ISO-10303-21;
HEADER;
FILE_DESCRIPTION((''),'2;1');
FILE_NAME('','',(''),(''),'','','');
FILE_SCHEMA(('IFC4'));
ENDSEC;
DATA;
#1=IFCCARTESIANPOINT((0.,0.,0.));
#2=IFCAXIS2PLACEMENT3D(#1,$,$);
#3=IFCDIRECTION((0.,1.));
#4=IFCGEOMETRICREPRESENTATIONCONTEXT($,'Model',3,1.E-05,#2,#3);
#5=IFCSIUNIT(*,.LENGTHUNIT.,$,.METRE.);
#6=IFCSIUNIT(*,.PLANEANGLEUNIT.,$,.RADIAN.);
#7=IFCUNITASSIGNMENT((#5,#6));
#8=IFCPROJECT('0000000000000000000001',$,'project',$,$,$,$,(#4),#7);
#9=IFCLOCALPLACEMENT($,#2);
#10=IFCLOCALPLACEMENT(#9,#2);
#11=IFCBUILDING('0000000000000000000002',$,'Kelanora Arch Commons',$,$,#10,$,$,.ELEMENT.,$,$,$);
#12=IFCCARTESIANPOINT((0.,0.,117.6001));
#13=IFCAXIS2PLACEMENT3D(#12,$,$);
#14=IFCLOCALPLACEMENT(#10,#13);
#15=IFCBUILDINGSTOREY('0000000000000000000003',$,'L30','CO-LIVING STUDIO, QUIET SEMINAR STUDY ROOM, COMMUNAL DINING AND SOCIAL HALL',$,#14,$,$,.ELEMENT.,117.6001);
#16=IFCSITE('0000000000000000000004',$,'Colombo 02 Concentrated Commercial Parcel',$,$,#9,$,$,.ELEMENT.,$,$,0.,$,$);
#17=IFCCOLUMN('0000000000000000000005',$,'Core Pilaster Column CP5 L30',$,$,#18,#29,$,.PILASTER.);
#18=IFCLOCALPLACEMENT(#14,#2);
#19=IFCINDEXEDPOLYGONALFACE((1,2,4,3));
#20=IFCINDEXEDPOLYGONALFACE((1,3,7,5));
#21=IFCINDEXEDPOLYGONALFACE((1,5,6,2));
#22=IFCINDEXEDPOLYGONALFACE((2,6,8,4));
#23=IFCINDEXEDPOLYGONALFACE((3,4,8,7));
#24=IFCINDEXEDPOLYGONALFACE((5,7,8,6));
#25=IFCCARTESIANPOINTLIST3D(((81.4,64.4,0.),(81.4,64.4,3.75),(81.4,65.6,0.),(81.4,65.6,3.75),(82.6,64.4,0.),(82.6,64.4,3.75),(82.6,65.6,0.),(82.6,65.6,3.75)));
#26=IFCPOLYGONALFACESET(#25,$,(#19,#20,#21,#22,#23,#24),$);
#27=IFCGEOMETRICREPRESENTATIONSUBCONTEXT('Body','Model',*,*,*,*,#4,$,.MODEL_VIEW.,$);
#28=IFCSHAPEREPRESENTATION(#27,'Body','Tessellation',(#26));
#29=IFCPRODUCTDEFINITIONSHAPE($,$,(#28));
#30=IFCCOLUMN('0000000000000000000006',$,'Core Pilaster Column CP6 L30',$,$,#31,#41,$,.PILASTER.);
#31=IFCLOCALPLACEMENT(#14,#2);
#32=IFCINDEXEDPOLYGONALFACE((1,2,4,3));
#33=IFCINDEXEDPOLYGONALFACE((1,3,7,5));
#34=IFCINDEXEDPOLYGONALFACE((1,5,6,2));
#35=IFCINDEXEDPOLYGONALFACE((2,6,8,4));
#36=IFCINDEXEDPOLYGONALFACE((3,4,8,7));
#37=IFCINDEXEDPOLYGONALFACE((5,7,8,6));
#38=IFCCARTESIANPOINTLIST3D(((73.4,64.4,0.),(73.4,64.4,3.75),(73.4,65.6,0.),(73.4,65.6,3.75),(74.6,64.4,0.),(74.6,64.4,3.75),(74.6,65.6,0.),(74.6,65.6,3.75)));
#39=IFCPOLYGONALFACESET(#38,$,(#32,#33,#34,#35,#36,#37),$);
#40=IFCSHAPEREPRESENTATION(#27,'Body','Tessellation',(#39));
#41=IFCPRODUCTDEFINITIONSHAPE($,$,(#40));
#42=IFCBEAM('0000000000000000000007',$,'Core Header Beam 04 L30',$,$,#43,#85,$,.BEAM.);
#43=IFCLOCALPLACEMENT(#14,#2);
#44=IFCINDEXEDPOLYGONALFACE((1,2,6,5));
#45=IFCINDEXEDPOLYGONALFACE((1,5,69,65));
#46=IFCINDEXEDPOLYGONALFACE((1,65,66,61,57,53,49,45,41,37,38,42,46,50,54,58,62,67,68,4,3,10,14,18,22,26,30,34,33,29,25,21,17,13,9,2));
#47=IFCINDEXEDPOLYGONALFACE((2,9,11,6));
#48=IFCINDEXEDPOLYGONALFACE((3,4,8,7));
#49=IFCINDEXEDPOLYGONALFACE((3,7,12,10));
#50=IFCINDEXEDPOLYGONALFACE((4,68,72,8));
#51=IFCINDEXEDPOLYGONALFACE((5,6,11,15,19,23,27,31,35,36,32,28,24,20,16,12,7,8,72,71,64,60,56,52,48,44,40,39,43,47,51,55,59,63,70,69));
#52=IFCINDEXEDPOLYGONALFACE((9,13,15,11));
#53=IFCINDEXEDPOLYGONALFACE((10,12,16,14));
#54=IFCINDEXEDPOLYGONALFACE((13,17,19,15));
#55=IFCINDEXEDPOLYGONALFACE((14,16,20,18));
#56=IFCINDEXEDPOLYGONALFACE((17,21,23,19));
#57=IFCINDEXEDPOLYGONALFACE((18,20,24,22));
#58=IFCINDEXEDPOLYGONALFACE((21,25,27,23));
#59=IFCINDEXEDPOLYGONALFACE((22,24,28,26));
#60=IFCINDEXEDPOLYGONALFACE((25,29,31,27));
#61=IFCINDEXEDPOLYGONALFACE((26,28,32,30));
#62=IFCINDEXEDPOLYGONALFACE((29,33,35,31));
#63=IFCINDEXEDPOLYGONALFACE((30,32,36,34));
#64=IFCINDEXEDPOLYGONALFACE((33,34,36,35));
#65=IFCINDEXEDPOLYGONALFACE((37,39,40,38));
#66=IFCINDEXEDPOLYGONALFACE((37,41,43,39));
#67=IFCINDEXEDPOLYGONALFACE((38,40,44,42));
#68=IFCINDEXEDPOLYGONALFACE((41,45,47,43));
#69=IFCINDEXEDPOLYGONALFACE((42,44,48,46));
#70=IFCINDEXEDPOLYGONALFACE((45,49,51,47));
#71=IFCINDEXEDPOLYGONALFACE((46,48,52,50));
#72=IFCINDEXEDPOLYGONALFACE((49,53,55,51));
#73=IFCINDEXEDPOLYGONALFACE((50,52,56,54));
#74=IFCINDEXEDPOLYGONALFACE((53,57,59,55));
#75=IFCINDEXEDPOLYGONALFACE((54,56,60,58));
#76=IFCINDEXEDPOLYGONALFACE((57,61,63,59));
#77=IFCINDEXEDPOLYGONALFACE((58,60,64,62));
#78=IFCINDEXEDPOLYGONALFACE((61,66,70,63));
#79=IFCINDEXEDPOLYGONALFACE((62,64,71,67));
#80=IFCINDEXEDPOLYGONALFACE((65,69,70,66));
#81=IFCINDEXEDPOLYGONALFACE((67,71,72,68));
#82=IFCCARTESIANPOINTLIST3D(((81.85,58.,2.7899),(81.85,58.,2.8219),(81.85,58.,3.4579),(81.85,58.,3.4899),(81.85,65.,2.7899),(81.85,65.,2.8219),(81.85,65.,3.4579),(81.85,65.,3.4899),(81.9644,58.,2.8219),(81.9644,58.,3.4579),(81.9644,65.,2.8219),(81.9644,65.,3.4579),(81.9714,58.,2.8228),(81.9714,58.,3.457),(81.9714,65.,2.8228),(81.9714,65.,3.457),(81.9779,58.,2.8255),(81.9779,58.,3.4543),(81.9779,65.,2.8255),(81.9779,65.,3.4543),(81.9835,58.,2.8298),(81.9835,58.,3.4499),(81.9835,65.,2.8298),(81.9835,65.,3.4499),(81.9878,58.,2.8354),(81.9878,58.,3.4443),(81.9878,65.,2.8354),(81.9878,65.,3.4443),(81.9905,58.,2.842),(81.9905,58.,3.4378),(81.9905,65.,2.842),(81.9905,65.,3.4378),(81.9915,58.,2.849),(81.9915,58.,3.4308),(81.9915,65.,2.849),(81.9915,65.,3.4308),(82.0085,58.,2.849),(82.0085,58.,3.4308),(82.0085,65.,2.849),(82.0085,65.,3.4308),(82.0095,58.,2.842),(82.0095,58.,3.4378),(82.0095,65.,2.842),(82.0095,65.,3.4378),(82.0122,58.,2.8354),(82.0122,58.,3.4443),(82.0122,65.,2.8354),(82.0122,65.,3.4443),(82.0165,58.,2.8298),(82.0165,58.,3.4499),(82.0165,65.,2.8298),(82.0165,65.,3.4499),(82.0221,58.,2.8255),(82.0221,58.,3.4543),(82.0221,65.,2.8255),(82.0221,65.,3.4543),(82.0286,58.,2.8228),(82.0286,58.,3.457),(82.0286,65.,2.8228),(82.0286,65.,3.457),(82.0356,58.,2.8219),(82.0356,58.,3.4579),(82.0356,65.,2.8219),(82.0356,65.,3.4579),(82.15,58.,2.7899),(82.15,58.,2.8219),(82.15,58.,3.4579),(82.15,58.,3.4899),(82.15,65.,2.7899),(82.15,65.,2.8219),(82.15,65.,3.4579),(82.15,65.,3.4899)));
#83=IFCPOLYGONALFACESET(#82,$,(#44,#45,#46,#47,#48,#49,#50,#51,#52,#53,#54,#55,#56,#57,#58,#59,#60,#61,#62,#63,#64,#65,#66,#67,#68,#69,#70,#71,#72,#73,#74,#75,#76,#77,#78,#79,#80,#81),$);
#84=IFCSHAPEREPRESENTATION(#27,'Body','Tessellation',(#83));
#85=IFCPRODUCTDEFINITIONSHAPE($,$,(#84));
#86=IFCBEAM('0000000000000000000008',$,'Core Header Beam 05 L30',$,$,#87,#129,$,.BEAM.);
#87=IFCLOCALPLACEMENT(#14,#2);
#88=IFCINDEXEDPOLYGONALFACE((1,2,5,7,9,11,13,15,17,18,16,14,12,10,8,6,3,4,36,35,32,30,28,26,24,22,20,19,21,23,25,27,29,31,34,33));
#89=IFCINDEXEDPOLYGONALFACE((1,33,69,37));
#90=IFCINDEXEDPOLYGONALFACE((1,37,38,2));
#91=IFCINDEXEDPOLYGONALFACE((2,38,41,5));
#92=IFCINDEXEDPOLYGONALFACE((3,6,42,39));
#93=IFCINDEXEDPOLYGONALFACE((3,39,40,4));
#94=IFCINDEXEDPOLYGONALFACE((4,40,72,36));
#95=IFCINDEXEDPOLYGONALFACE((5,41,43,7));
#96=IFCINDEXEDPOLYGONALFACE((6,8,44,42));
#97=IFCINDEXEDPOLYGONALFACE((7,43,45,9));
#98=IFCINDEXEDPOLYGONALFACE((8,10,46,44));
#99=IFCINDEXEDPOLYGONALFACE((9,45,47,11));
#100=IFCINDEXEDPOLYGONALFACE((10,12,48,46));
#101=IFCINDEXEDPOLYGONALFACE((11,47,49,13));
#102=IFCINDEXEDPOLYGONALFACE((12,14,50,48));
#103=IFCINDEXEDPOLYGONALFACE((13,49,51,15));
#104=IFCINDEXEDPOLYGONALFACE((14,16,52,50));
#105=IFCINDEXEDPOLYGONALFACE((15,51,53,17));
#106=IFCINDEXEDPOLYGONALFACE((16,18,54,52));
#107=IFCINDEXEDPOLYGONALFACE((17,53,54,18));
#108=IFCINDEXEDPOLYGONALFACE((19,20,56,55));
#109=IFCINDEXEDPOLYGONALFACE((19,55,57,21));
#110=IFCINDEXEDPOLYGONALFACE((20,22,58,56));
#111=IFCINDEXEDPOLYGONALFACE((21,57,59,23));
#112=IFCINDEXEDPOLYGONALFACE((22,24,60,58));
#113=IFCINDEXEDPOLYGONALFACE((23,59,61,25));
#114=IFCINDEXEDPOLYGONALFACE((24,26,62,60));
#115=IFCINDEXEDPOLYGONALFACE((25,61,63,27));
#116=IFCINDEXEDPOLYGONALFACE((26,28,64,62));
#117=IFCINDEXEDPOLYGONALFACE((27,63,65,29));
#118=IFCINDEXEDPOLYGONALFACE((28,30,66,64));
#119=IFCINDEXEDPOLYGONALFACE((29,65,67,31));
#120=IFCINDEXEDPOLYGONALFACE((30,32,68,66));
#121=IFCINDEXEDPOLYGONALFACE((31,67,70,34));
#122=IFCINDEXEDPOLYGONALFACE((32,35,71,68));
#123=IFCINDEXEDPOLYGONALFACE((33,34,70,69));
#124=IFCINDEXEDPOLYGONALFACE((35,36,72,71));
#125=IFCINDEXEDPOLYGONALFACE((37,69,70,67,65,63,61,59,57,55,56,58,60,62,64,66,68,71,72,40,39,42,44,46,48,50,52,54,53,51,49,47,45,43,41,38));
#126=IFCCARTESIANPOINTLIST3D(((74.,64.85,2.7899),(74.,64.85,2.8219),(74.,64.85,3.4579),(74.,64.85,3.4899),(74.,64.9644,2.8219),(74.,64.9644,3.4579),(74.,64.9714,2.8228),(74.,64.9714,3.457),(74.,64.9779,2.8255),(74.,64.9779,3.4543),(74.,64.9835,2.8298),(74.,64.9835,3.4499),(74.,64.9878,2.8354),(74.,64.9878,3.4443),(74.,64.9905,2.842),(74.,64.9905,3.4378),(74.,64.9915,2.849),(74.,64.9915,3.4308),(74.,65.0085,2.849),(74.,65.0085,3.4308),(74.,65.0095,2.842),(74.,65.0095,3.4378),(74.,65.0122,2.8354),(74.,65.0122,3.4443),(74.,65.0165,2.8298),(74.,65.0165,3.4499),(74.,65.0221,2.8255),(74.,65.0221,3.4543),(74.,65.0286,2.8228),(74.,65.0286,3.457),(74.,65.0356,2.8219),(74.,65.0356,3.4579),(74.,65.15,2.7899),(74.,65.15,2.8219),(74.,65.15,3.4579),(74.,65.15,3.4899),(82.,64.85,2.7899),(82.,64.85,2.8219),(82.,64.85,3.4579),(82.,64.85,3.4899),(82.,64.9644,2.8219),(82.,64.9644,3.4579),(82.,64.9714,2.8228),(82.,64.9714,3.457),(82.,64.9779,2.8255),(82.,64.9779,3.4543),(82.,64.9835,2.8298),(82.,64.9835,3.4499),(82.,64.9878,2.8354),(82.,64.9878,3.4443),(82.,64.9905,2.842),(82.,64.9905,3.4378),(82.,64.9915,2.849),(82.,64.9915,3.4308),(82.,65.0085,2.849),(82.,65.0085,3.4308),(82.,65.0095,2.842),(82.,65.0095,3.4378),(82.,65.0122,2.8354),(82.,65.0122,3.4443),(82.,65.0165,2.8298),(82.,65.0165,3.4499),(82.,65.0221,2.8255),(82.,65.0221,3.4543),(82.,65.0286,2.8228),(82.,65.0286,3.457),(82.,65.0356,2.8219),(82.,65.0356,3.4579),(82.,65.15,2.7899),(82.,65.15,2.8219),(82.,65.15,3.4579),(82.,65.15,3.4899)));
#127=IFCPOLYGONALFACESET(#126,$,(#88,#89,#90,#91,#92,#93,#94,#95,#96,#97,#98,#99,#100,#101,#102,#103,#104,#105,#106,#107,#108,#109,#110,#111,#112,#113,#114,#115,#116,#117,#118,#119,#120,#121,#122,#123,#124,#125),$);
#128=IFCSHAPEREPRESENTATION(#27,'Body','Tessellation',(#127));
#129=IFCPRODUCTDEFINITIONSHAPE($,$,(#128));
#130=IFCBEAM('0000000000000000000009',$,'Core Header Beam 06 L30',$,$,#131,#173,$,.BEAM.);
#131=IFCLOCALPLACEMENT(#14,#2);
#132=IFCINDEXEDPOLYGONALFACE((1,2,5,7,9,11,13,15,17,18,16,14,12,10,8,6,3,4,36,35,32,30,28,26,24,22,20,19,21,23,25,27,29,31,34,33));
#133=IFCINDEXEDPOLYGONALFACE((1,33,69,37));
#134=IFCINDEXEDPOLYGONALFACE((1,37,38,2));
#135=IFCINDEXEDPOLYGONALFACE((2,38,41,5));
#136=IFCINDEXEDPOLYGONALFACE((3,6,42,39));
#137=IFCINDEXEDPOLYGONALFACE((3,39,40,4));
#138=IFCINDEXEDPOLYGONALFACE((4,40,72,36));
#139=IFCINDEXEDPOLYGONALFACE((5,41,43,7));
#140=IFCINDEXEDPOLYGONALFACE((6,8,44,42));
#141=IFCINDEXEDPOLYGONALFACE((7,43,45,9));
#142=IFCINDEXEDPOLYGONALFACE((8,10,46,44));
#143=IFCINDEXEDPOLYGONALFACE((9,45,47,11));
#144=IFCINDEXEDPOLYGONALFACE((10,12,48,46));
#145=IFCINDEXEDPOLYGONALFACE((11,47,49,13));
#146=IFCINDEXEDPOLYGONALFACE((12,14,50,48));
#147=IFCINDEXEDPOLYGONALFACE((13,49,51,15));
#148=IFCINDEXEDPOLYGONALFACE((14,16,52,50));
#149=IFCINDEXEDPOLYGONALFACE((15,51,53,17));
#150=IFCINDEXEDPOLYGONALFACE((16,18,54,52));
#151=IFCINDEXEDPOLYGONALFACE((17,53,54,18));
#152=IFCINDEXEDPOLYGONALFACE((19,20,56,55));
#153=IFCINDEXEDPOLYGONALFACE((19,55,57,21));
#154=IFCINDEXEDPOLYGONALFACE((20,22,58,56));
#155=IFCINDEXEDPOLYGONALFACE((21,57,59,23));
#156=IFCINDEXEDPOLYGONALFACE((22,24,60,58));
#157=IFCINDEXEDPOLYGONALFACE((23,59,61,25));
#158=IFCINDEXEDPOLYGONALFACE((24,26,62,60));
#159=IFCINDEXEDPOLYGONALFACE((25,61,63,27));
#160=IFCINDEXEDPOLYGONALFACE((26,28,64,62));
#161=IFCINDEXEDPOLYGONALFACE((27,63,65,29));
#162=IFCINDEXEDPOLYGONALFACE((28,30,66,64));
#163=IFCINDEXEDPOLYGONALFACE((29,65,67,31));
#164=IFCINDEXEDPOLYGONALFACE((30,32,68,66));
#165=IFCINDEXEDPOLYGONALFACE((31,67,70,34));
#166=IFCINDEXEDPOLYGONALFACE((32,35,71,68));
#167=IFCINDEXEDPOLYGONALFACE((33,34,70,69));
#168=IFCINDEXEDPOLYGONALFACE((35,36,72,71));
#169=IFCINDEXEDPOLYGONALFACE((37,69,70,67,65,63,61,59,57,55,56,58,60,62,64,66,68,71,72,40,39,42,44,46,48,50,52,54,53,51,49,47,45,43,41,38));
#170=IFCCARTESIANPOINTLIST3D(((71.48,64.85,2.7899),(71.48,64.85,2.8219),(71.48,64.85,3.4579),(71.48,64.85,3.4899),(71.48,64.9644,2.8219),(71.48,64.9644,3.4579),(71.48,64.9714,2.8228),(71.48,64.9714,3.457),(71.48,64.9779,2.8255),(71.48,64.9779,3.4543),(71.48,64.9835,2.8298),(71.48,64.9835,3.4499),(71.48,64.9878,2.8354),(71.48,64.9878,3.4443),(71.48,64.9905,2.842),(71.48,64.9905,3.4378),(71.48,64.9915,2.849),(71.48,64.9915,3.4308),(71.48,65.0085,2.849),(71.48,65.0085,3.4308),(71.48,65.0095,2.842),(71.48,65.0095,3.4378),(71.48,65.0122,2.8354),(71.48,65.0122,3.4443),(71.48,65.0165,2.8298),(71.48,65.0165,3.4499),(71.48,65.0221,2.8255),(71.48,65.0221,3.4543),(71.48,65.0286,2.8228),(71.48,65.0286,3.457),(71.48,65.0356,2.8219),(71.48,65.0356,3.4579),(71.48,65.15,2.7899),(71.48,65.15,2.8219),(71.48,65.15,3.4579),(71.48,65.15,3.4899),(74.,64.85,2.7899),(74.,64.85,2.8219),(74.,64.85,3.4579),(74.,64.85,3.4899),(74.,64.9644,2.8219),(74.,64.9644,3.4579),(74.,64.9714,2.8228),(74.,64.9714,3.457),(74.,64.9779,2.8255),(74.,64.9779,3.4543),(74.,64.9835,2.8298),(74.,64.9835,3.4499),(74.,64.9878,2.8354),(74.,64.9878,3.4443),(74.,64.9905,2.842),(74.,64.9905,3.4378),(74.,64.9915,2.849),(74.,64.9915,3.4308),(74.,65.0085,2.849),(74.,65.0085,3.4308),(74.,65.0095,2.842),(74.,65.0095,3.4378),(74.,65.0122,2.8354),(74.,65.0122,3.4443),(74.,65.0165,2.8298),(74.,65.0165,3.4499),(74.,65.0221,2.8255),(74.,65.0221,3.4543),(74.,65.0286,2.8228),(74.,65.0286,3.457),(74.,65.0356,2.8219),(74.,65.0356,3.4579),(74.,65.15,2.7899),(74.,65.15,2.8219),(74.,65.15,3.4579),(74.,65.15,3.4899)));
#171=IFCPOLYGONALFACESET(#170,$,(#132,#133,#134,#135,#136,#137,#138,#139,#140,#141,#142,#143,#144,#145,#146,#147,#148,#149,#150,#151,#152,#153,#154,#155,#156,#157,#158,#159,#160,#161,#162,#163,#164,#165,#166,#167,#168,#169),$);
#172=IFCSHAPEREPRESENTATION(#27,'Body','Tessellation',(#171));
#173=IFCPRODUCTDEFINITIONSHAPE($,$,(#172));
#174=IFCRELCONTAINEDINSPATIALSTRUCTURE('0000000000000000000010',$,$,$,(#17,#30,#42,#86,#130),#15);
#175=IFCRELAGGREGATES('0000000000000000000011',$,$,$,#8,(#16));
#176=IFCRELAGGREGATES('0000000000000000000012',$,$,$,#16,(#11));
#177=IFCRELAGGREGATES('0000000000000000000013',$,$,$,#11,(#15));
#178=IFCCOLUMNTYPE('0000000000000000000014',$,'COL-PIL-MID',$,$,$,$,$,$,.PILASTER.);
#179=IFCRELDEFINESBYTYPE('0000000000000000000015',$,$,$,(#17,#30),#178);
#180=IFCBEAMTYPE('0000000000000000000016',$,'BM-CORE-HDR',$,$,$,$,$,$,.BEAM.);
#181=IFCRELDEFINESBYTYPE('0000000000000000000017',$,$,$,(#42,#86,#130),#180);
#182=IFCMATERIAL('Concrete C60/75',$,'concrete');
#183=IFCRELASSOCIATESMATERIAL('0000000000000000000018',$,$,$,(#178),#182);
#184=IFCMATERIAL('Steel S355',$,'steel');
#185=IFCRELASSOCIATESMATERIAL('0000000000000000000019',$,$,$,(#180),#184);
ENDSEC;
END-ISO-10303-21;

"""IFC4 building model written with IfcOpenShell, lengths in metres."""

from ifc_helpers import new_model, si_unit, direction, frame, origin, origin_2d, place, context, subcontext, project, spatial, rectangle, i_section, extrude, material, material_profile, profile_set, type_object, element, save


model = new_model("IFC4")

# Units and contexts
model_context = context("Model", 3, precision=1e-05, world=origin(), true_north=direction((0.0, 1.0)))
body_context = subcontext(model_context, "Body", "Model", "MODEL_VIEW")
ifc_project = project(units=[si_unit("LENGTHUNIT", "METRE"), si_unit("PLANEANGLEUNIT", "RADIAN")], contexts=[model_context])

# Site, building, storey
site_placement = place(None, origin())
site = spatial("IfcSite", under=ifc_project, at=site_placement, Name="Colombo 02 Concentrated Commercial Parcel", CompositionType="ELEMENT", RefElevation=0.0)
building_placement = place(site_placement, origin())
building = spatial("IfcBuilding", under=site, at=building_placement, Name="Kelanora Arch Commons", CompositionType="ELEMENT")
storey_placement = place(building_placement, frame((0.0, 0.0, 117.6001)))
storey = spatial("IfcBuildingStorey", under=building, at=storey_placement, Name="L30", Description="CO-LIVING STUDIO, QUIET SEMINAR STUDY ROOM, COMMUNAL DINING AND SOCIAL HALL", CompositionType="ELEMENT", Elevation=117.6001)

# Columns
ifc_material_1 = material(Name="Concrete C60/75", Category="concrete")
ifc_material_profile_1 = material_profile(ifc_material_1, rectangle(XDim=1.2, YDim=1.2, at=origin_2d()), Name="RC1200x1200")
ifc_profile_set_1 = profile_set([ifc_material_profile_1], Name="Concrete C60/75")
column_type = type_object("IfcColumnType", Name="COL-PIL-MID", PredefinedType="PILASTER", material=ifc_profile_set_1)
for number, where, z_axis, x_axis, name in (
    (1, (82.0, 65.0, 0.0), (0.0, 0.0, 1.0), (1.0, 0.0, 0.0), "Core Pilaster Column CP5 L30"),
    (2, (74.0, 65.0, 0.0), (0.0, 0.0, 1.0), (1.0, 0.0, 0.0), "Core Pilaster Column CP6 L30"),
):
    element("IfcColumn", number, at=place(storey_placement, frame(where, z_axis=z_axis, x_axis=x_axis)), inside=storey, type_object=column_type, Name=name, PredefinedType="PILASTER", context=body_context, shape_type="SweptSolid", body=[
        extrude(rectangle(XDim=1.2, YDim=1.2, at=origin_2d()), origin(), (0.0, 0.0, 1.0), 3.75),
    ])

# Beams
ifc_material_2 = material(Name="Steel S355", Category="steel")
ifc_material_profile_2 = material_profile(ifc_material_2, i_section(OverallWidth=0.3, OverallDepth=0.7, WebThickness=0.0171, FlangeThickness=0.032, FilletRadius=0.0271, at=origin_2d()), Name="HEB700")
ifc_profile_set_2 = profile_set([ifc_material_profile_2], Name="Steel S355")
beam_type_1 = type_object("IfcBeamType", Name="BM-CORE-HDR", PredefinedType="BEAM", material=ifc_profile_set_2)
beam_1_placement = place(storey_placement, frame((82.0, 58.0, 3.1399), z_axis=(0.0, 1.0, 0.0), x_axis=(-1.0, 0.0, 0.0)))
element("IfcBeam", 3, at=beam_1_placement, inside=storey, type_object=beam_type_1, Name="Core Header Beam 04 L30", PredefinedType="BEAM", context=body_context, shape_type="SweptSolid", body=[
    extrude(i_section(OverallWidth=0.3, OverallDepth=0.7, WebThickness=0.0171, FlangeThickness=0.032, FilletRadius=0.0271, at=origin_2d()), origin(), (0.0, 0.0, 1.0), 7.0),
])
beam_2_placement = place(storey_placement, frame((82.0, 65.0, 3.1399), z_axis=(-1.0, 0.0, 0.0), x_axis=(0.0, -1.0, 0.0)))
element("IfcBeam", 4, at=beam_2_placement, inside=storey, type_object=beam_type_1, Name="Core Header Beam 05 L30", PredefinedType="BEAM", context=body_context, shape_type="SweptSolid", body=[
    extrude(i_section(OverallWidth=0.3, OverallDepth=0.7, WebThickness=0.0171, FlangeThickness=0.032, FilletRadius=0.0271, at=origin_2d()), origin(), (0.0, 0.0, 1.0), 8.0),
])
beam_3_placement = place(storey_placement, frame((74.0, 65.0, 3.1399), z_axis=(-1.0, 0.0, 0.0), x_axis=(0.0, -1.0, 0.0)))
element("IfcBeam", 5, at=beam_3_placement, inside=storey, type_object=beam_type_1, Name="Core Header Beam 06 L30", PredefinedType="BEAM", context=body_context, shape_type="SweptSolid", body=[
    extrude(i_section(OverallWidth=0.3, OverallDepth=0.7, WebThickness=0.0171, FlangeThickness=0.032, FilletRadius=0.0271, at=origin_2d()), origin(), (0.0, 0.0, 1.0), 2.52),
])

save(model, "model.ifc")
